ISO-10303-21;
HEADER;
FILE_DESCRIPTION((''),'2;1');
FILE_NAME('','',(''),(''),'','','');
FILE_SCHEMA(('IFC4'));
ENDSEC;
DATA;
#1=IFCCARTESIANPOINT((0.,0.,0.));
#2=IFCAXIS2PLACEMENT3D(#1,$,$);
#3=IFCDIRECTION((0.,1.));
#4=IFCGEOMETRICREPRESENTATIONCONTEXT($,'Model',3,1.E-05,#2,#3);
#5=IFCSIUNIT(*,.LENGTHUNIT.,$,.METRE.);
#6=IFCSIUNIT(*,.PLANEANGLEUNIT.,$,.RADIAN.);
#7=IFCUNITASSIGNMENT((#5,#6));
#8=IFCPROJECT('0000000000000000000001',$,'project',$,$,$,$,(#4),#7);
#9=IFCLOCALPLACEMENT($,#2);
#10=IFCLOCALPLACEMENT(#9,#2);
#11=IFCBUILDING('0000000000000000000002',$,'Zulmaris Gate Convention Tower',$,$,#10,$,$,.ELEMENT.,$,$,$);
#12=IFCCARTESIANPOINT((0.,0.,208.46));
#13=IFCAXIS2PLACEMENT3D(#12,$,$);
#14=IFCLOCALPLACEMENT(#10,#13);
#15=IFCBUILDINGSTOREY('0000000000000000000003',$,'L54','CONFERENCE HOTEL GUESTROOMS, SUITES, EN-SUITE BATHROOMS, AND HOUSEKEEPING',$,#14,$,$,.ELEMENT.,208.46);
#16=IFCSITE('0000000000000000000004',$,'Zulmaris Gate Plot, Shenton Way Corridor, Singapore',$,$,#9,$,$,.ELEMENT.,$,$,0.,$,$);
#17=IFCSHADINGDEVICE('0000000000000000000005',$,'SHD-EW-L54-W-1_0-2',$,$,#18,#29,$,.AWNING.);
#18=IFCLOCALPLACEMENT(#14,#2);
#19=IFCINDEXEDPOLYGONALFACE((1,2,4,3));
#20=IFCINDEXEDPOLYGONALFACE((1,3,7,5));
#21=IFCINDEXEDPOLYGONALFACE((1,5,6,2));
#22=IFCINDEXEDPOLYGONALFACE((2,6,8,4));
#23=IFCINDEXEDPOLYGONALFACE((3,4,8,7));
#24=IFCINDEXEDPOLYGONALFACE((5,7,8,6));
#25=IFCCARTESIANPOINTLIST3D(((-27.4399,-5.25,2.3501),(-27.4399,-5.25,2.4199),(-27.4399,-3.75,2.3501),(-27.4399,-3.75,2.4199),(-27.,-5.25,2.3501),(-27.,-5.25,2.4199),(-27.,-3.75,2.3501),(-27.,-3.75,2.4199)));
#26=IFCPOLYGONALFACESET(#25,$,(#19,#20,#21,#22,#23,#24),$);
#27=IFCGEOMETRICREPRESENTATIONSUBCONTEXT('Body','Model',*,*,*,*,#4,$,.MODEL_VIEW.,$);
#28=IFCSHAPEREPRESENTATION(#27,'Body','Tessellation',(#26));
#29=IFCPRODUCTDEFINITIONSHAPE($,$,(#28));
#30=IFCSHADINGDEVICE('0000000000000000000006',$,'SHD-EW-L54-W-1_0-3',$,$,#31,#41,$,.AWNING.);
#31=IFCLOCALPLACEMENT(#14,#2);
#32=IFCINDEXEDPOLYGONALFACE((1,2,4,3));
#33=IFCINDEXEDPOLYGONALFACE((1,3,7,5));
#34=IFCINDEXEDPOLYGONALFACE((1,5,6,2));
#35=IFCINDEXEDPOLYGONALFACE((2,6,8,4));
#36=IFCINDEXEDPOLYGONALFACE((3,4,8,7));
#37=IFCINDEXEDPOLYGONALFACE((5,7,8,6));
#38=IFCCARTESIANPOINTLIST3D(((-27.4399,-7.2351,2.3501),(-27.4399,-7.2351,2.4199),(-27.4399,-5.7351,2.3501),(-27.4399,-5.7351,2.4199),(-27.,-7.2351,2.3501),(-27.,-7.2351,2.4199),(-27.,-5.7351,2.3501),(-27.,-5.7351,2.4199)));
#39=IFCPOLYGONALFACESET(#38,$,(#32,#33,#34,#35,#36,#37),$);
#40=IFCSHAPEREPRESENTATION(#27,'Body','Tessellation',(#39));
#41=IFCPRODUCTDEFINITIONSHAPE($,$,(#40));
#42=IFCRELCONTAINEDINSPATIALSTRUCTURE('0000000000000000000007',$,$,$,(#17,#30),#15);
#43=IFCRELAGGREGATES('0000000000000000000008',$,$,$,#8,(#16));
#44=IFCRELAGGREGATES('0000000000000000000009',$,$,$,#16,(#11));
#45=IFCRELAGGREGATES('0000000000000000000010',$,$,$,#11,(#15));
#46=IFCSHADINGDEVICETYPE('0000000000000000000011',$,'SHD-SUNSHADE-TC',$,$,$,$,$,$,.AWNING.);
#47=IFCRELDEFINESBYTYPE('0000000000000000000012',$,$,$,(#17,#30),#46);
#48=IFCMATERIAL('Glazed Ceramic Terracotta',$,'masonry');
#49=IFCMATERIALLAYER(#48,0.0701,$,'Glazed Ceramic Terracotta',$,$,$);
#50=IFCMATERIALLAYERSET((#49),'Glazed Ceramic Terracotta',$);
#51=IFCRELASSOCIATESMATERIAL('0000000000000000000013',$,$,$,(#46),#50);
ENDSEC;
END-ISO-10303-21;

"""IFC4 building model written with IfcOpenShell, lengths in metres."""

from ifc_helpers import new_model, si_unit, direction, frame, frame_2d, origin, place, context, subcontext, project, spatial, rectangle, extrude, material, layer, layer_set, type_object, element, save


model = new_model("IFC4")

# Units and contexts
model_context = context("Model", 3, precision=1e-05, world=origin(), true_north=direction((0.0, 1.0)))
body_context = subcontext(model_context, "Body", "Model", "MODEL_VIEW")
ifc_project = project(units=[si_unit("LENGTHUNIT", "METRE"), si_unit("PLANEANGLEUNIT", "RADIAN")], contexts=[model_context])

# Site, building, storey
site_placement = place(None, origin())
site = spatial("IfcSite", under=ifc_project, at=site_placement, Name="Zulmaris Gate Plot, Shenton Way Corridor, Singapore", CompositionType="ELEMENT", RefElevation=0.0)
building_placement = place(site_placement, origin())
building = spatial("IfcBuilding", under=site, at=building_placement, Name="Zulmaris Gate Convention Tower", CompositionType="ELEMENT")
storey_placement = place(building_placement, frame((0.0, 0.0, 208.46)))
storey = spatial("IfcBuildingStorey", under=building, at=storey_placement, Name="L54", Description="CONFERENCE HOTEL GUESTROOMS, SUITES, EN-SUITE BATHROOMS, AND HOUSEKEEPING", CompositionType="ELEMENT", Elevation=208.46)

# Shading devices
ifc_material_1 = material(Name="Glazed Ceramic Terracotta", Category="masonry")
ifc_layer_1 = layer(ifc_material_1, 0.0701, Name="Glazed Ceramic Terracotta")
ifc_layer_set_1 = layer_set([ifc_layer_1], Name="Glazed Ceramic Terracotta")
shading_device_type = type_object("IfcShadingDeviceType", Name="SHD-SUNSHADE-TC", PredefinedType="AWNING", material=ifc_layer_set_1)
for number, where, z_axis, x_axis, name in (
    (1, (-27.22, -3.75, 2.3501), (0.0, 0.0, 1.0), (0.0, -1.0, 0.0), "SHD-EW-L54-W-1_0-2"),
    (2, (-27.22, -5.7351, 2.3501), (0.0, 0.0, 1.0), (0.0, -1.0, 0.0), "SHD-EW-L54-W-1_0-3"),
):
    element("IfcShadingDevice", number, at=place(storey_placement, frame(where, z_axis=z_axis, x_axis=x_axis)), inside=storey, type_object=shading_device_type, Name=name, PredefinedType="AWNING", context=body_context, shape_type="SweptSolid", body=[
        extrude(rectangle(XDim=1.5, YDim=0.4399, at=frame_2d((0.75, 0.0))), origin(), (0.0, 0.0, 1.0), 0.0698),
    ])

save(model, "model.ifc")
